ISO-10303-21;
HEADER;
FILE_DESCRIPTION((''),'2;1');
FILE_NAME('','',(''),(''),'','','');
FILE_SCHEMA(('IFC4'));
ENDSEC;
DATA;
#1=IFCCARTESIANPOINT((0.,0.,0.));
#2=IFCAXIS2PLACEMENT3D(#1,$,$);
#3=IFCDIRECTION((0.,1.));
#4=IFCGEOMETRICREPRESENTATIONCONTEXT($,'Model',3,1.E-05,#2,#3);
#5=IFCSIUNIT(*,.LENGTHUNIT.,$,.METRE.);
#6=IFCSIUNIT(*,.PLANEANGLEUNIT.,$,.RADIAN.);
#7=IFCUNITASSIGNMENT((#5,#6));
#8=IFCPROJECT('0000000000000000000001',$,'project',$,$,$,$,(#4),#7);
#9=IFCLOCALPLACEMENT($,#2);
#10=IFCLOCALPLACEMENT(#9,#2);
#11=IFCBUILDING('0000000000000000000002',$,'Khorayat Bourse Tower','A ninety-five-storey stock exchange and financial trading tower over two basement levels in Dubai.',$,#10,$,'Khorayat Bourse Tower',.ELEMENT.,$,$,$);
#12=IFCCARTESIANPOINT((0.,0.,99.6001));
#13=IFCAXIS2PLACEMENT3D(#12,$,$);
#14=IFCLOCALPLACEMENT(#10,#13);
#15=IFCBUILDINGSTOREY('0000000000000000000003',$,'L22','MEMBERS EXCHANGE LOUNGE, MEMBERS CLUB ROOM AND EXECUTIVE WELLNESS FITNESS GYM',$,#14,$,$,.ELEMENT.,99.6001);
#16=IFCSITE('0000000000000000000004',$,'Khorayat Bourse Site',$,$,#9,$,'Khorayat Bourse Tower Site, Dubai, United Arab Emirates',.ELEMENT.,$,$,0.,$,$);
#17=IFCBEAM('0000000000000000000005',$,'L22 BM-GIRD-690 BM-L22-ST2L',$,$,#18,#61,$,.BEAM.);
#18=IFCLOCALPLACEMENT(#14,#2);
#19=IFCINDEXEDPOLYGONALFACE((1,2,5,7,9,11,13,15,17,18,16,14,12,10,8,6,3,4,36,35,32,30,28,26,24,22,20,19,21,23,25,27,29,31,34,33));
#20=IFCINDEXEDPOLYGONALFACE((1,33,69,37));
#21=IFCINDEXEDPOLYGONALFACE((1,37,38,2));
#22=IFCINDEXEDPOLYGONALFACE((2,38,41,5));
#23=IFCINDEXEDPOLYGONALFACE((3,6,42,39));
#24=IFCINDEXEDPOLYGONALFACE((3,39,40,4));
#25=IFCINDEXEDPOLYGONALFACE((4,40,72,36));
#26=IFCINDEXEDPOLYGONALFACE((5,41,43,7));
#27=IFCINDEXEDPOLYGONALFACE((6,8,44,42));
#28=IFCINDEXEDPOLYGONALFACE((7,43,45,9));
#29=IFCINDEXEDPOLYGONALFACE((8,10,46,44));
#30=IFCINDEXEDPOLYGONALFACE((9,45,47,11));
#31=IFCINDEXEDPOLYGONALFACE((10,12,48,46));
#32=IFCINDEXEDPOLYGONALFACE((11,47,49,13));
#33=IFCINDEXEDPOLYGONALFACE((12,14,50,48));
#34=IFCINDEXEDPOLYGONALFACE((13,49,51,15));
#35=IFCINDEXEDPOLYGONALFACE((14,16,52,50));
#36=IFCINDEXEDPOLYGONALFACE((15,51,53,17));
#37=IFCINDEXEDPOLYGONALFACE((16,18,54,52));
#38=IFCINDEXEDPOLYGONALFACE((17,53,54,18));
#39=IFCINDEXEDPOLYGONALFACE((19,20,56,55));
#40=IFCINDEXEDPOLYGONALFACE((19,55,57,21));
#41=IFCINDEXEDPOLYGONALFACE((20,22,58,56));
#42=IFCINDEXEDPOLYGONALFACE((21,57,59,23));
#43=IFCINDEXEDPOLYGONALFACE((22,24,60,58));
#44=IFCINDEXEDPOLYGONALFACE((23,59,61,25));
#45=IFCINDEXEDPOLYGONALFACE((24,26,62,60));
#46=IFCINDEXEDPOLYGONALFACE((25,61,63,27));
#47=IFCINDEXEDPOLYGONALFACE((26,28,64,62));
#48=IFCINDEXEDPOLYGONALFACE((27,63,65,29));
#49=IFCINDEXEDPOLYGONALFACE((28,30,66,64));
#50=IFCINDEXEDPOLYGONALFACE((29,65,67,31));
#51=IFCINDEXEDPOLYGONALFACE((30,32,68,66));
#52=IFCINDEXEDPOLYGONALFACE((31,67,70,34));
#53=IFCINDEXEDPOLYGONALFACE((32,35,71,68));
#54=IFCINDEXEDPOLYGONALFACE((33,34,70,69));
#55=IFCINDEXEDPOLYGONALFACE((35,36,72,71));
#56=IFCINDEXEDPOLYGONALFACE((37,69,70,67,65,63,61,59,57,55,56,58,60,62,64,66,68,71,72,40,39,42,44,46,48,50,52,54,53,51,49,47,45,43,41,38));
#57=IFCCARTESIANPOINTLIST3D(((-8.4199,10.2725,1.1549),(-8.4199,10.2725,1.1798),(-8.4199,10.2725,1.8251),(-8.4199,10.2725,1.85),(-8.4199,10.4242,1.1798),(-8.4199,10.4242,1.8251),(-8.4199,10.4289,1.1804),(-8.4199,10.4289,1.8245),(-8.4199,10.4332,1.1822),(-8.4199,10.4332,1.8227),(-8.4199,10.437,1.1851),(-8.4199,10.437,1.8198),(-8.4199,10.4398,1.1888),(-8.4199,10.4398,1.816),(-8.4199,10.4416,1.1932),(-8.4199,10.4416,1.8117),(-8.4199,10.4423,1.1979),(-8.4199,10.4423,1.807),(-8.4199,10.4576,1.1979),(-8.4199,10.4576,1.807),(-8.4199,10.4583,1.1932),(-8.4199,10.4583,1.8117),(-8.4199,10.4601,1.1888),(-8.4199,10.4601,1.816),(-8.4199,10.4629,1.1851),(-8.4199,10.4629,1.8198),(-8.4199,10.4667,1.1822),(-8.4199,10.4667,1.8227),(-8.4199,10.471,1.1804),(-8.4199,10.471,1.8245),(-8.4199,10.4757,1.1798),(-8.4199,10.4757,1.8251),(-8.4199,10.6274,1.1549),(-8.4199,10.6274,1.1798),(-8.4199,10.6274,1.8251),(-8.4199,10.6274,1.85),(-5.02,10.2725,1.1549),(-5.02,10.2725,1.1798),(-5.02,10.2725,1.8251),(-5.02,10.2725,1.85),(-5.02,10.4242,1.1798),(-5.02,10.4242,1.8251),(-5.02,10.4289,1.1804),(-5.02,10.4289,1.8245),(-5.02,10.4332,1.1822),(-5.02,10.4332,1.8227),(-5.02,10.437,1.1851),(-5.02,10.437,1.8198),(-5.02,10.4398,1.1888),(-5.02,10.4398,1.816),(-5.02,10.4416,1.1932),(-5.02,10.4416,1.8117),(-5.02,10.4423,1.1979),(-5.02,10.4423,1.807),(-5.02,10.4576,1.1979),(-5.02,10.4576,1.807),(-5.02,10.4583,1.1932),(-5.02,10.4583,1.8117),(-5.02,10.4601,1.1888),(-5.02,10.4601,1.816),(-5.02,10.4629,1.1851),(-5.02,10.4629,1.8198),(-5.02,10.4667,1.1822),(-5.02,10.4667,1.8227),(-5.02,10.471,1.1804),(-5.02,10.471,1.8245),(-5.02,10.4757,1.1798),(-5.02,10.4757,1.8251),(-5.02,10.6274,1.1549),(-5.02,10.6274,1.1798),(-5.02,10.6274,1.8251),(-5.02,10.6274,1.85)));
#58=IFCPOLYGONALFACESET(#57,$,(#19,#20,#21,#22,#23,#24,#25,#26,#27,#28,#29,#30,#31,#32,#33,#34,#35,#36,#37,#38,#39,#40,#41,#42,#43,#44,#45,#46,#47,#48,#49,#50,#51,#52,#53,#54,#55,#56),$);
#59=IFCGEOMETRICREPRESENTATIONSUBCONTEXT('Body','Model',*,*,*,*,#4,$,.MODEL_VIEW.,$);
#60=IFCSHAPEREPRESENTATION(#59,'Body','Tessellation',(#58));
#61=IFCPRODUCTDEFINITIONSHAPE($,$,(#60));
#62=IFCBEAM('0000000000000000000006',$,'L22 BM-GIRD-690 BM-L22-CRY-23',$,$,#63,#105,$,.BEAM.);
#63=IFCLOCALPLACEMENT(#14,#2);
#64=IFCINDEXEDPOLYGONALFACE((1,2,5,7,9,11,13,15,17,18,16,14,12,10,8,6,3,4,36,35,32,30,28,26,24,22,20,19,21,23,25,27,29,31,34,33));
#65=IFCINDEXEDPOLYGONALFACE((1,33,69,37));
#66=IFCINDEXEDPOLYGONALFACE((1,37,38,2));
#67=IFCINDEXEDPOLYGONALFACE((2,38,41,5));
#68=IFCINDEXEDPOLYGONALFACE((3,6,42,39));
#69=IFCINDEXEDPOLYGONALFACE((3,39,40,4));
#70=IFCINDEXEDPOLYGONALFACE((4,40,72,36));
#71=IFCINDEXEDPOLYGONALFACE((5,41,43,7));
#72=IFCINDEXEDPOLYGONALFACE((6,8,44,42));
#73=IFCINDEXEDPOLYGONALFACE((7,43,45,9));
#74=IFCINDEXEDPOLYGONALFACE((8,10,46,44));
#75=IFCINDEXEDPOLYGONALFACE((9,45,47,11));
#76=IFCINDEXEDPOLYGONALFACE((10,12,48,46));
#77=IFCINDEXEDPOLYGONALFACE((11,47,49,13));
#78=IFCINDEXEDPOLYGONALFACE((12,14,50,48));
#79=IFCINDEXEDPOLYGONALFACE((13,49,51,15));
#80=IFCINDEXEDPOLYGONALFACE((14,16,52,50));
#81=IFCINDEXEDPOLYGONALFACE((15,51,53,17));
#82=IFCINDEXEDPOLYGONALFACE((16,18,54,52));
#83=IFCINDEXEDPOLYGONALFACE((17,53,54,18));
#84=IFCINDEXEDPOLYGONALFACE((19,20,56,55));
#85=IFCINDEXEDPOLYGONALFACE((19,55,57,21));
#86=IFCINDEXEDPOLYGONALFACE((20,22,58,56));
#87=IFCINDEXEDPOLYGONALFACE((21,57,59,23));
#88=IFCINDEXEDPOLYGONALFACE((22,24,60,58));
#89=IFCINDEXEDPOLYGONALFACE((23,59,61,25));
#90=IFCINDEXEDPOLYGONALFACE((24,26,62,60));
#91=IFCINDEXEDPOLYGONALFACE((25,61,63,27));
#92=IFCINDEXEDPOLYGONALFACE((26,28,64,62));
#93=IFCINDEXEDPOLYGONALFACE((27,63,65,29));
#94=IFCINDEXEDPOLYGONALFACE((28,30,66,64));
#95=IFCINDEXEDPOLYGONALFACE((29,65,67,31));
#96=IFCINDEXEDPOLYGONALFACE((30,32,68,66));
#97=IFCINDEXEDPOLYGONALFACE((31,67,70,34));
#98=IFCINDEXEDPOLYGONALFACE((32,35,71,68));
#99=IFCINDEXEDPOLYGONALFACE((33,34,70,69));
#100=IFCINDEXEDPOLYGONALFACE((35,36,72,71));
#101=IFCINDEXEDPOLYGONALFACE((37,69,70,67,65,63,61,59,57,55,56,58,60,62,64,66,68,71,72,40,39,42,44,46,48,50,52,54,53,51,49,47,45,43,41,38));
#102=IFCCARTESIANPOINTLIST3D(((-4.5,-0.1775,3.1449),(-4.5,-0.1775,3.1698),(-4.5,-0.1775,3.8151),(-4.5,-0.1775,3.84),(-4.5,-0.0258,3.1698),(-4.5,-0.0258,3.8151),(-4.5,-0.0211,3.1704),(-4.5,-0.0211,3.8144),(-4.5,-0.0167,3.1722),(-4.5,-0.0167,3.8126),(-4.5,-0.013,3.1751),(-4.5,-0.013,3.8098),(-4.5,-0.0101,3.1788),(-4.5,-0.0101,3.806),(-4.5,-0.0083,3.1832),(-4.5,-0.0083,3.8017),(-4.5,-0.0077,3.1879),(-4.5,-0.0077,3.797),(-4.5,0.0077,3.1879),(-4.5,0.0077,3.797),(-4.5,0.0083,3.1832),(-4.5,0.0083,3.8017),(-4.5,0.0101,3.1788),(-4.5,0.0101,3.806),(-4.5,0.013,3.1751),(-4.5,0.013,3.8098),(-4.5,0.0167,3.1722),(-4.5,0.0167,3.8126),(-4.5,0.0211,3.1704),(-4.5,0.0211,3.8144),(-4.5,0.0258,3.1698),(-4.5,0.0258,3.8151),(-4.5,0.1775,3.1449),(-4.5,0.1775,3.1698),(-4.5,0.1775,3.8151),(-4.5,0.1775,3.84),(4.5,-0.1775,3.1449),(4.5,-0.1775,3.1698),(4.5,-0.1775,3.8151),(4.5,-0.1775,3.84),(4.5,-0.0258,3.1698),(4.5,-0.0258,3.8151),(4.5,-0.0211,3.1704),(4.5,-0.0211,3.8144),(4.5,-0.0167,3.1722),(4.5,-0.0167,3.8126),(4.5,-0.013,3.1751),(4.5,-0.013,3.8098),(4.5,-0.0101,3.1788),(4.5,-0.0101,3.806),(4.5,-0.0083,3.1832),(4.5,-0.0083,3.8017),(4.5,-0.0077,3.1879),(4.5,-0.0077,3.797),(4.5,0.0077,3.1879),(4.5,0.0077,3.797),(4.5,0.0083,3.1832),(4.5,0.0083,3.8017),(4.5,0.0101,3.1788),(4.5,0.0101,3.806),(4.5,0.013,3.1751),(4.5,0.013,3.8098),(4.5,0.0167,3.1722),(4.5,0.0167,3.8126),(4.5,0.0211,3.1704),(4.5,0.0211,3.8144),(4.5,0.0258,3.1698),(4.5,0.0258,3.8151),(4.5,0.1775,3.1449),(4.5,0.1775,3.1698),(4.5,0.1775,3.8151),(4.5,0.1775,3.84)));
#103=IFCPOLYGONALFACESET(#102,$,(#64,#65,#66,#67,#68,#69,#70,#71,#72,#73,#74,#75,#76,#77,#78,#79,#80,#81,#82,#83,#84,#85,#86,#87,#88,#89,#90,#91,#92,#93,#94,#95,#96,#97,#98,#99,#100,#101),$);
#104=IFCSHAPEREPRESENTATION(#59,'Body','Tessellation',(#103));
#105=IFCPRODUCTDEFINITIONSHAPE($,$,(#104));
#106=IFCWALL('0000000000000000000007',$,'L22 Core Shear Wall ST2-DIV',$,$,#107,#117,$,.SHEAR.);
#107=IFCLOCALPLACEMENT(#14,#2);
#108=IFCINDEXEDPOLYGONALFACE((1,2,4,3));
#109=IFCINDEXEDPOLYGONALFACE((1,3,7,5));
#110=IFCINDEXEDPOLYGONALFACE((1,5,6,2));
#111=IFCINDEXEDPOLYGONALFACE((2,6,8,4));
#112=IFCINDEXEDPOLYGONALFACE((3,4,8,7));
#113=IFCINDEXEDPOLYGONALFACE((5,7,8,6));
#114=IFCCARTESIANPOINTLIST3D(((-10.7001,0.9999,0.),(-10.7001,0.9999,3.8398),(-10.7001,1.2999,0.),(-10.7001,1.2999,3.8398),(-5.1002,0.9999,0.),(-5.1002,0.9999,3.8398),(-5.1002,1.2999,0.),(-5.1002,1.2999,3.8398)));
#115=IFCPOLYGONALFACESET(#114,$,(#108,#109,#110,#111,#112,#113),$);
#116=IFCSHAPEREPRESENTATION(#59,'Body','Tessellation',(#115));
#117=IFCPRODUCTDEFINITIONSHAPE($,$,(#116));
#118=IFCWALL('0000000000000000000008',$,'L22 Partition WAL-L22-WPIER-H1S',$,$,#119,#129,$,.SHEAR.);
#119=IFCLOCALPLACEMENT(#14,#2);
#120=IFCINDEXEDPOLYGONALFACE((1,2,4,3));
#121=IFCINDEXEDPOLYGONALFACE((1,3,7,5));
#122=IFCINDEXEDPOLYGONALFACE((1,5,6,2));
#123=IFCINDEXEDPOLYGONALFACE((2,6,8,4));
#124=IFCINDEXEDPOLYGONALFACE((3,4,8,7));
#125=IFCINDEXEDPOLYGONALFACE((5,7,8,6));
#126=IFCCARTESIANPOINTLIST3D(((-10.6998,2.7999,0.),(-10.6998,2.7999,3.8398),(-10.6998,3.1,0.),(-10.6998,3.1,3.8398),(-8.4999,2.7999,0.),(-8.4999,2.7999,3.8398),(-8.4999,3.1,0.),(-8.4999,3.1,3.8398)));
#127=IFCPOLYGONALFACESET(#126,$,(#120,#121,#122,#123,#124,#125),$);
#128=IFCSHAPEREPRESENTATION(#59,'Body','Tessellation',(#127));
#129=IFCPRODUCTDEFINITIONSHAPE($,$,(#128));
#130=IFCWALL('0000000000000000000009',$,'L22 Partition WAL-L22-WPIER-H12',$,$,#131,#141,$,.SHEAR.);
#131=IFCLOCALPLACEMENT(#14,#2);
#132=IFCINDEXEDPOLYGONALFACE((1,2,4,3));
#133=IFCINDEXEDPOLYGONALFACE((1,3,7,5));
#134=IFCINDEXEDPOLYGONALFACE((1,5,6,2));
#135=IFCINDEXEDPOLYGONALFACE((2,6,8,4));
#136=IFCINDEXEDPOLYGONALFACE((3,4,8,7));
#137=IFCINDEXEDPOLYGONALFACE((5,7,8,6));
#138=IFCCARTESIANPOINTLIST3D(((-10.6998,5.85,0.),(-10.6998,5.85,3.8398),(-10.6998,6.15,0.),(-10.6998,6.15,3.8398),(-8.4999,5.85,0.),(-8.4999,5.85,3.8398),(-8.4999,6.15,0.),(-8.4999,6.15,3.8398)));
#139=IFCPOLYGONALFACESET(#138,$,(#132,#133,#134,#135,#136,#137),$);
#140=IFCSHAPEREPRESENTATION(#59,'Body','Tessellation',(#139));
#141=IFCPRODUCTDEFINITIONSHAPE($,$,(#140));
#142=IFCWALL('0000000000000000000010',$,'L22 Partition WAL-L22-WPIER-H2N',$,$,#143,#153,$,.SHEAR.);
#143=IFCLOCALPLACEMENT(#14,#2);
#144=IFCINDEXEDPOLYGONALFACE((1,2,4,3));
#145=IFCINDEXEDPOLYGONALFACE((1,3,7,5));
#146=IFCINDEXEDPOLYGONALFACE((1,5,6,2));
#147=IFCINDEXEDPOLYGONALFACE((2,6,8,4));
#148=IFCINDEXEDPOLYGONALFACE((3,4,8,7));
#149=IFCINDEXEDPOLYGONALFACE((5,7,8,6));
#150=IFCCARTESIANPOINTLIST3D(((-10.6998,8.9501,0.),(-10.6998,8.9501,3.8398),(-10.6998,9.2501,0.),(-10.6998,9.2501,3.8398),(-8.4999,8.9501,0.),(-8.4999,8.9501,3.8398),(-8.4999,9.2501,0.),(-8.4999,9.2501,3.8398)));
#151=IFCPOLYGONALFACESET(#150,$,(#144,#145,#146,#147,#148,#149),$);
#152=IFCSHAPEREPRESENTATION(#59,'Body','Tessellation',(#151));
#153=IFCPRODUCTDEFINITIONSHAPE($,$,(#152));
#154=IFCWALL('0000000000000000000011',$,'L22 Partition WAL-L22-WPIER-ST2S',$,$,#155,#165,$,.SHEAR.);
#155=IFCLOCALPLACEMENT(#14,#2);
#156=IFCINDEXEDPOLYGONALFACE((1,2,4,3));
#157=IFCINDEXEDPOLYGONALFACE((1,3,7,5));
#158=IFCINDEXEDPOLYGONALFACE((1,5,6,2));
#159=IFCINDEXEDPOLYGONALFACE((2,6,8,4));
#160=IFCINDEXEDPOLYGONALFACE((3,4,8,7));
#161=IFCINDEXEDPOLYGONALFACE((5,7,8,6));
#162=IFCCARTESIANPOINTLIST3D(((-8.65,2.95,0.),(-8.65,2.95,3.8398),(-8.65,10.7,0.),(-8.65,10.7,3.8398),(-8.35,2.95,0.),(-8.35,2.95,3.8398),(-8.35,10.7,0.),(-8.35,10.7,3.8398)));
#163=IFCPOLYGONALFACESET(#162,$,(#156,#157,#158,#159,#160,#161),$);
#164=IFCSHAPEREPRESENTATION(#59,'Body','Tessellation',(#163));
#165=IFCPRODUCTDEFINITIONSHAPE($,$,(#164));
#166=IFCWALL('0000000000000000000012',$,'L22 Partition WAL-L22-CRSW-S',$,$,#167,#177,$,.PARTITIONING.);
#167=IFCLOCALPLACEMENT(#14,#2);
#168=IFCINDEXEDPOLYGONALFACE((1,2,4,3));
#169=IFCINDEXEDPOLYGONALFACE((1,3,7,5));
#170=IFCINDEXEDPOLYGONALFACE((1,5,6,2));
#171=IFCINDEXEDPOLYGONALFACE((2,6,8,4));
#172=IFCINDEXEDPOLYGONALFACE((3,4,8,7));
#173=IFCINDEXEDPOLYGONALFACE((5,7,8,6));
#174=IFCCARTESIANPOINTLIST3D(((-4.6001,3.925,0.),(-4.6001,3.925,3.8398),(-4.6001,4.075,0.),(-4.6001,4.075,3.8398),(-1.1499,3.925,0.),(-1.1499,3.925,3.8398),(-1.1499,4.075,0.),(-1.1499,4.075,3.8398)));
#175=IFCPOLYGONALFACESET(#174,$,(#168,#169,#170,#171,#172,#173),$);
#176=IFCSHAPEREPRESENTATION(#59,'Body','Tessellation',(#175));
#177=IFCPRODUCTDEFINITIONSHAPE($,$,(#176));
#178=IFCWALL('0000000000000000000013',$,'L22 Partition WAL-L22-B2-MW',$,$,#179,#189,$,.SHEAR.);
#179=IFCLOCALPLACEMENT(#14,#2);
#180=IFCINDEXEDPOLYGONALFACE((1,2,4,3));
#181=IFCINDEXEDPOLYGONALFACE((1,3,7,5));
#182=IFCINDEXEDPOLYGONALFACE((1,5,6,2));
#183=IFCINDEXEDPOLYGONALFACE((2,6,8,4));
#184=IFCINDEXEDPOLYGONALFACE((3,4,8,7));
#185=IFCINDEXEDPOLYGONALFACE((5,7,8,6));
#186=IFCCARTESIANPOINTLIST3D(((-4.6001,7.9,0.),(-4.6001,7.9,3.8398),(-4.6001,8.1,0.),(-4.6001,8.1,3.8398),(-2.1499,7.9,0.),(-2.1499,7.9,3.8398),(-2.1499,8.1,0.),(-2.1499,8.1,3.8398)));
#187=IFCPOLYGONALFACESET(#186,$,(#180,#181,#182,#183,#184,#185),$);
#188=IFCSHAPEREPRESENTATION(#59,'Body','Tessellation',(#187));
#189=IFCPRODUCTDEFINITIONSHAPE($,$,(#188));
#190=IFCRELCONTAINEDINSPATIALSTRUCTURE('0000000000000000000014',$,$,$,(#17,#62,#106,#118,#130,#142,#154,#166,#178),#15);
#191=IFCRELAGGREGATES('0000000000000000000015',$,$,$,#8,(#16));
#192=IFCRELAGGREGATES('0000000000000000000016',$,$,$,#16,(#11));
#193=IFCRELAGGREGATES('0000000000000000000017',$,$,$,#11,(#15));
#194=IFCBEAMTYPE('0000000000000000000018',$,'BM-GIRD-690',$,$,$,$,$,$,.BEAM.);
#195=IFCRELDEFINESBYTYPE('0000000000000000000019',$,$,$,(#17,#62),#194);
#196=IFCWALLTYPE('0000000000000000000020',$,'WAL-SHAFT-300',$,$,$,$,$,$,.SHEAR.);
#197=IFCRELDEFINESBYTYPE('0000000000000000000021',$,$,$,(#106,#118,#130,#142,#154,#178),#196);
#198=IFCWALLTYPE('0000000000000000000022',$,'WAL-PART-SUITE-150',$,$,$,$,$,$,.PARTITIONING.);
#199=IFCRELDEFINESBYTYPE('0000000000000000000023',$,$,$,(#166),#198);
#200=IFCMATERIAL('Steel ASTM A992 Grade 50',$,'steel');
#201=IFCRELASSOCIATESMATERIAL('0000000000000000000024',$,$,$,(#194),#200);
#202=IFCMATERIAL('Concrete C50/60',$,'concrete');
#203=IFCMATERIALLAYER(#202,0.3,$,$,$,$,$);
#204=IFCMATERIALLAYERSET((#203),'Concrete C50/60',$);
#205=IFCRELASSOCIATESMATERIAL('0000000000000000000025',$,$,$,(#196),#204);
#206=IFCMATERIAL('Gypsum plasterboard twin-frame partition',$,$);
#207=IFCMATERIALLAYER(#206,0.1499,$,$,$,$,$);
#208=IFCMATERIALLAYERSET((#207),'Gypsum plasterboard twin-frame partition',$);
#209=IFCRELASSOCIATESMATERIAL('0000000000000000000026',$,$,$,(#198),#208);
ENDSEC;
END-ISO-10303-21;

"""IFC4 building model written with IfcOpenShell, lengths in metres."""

from ifc_helpers import new_model, si_unit, direction, frame, frame_2d, origin, origin_2d, place, context, subcontext, project, spatial, rectangle, i_section, extrude, source, transform, mapped, material, layer, layer_set, material_profile, profile_set, type_object, element, save


model = new_model("IFC4")

# Units and contexts
model_context = context("Model", 3, precision=1e-05, world=origin(), true_north=direction((0.0, 1.0)))
body_context = subcontext(model_context, "Body", "Model", "MODEL_VIEW")
ifc_project = project(units=[si_unit("LENGTHUNIT", "METRE"), si_unit("PLANEANGLEUNIT", "RADIAN")], contexts=[model_context])

# Site, building, storey
site_placement = place(None, origin())
site = spatial("IfcSite", under=ifc_project, at=site_placement, Name="Khorayat Bourse Site", LongName="Khorayat Bourse Tower Site, Dubai, United Arab Emirates", CompositionType="ELEMENT", RefElevation=0.0)
building_placement = place(site_placement, origin())
building = spatial("IfcBuilding", under=site, at=building_placement, Name="Khorayat Bourse Tower", Description="A ninety-five-storey stock exchange and financial trading tower over two basement levels in Dubai.", LongName="Khorayat Bourse Tower", CompositionType="ELEMENT")
storey_placement = place(building_placement, frame((0.0, 0.0, 99.6001)))
storey = spatial("IfcBuildingStorey", under=building, at=storey_placement, Name="L22", Description="MEMBERS EXCHANGE LOUNGE, MEMBERS CLUB ROOM AND EXECUTIVE WELLNESS FITNESS GYM", CompositionType="ELEMENT", Elevation=99.6001)

# Beams
ifc_material_1 = material(Name="Steel ASTM A992 Grade 50", Category="steel")
ifc_material_profile_1 = material_profile(ifc_material_1, i_section(OverallWidth=0.355, OverallDepth=0.6951, WebThickness=0.0154, FlangeThickness=0.0249, FilletRadius=0.0181, at=origin_2d()), Name="W690X217")
ifc_profile_set_1 = profile_set([ifc_material_profile_1], Name="Steel ASTM A992 Grade 50")
beam_type_1 = type_object("IfcBeamType", Name="BM-GIRD-690", PredefinedType="BEAM", material=ifc_profile_set_1)
shared_shape_1 = source(origin(), body_context, "Body", "SweptSolid", [
    extrude(i_section(OverallWidth=0.355, OverallDepth=0.6951, WebThickness=0.0154, FlangeThickness=0.0249, FilletRadius=0.0181, at=origin_2d()), origin(), (0.0, 0.0, 1.0), 3.3999),
])
beam_1_placement = place(storey_placement, frame((-8.4199, 10.45, 1.5024), z_axis=(1.0, 0.0, 0.0), x_axis=(0.0, 1.0, 0.0)))
element("IfcBeam", 1, at=beam_1_placement, inside=storey, type_object=beam_type_1, Name="L22 BM-GIRD-690 BM-L22-ST2L", PredefinedType="BEAM", context=body_context, shape_type="MappedRepresentation", body=[
    mapped(shared_shape_1, transform((0.0, 0.0, 0.0), scale=1.0)),
])
shared_shape_2 = source(origin(), body_context, "Body", "SweptSolid", [
    extrude(i_section(OverallWidth=0.355, OverallDepth=0.6951, WebThickness=0.0154, FlangeThickness=0.0249, FilletRadius=0.0181, at=origin_2d()), origin(), (0.0, 0.0, 1.0), 9.0),
])
beam_2_placement = place(storey_placement, frame((-4.5, 0.0, 3.4924), z_axis=(1.0, 0.0, 0.0), x_axis=(0.0, 1.0, 0.0)))
element("IfcBeam", 2, at=beam_2_placement, inside=storey, type_object=beam_type_1, Name="L22 BM-GIRD-690 BM-L22-CRY-23", PredefinedType="BEAM", context=body_context, shape_type="MappedRepresentation", body=[
    mapped(shared_shape_2, transform((0.0, 0.0, 0.0), scale=1.0)),
])

# Walls
ifc_material_2 = material(Name="Concrete C50/60", Category="concrete")
ifc_layer_1 = layer(ifc_material_2, 0.3)
ifc_layer_set_1 = layer_set([ifc_layer_1], Name="Concrete C50/60")
wall_type_1 = type_object("IfcWallType", Name="WAL-SHAFT-300", PredefinedType="SHEAR", material=ifc_layer_set_1)
shared_shape_3 = source(origin(), body_context, "Body", "SweptSolid", [
    extrude(rectangle(XDim=5.5999, YDim=0.3, at=frame_2d((2.7998, 0.0))), origin(), (0.0, 0.0, 1.0), 3.8398),
])
wall_1_placement = place(storey_placement, frame((-10.7, 1.1499, 0.0), z_axis=(0.0, 0.0, 1.0), x_axis=(1.0, 0.0, 0.0)))
element("IfcWall", 3, at=wall_1_placement, inside=storey, type_object=wall_type_1, Name="L22 Core Shear Wall ST2-DIV", PredefinedType="SHEAR", context=body_context, shape_type="MappedRepresentation", body=[
    mapped(shared_shape_3, transform((0.0, 0.0, 0.0), scale=1.0)),
])
shared_shape_4 = source(origin(), body_context, "Body", "SweptSolid", [
    extrude(rectangle(XDim=2.2, YDim=0.3, at=frame_2d((1.1001, 0.0))), origin(), (0.0, 0.0, 1.0), 3.8398),
])
for number, where, z_axis, x_axis, name in (
    (4, (-10.7, 2.95, 0.0), (0.0, 0.0, 1.0), (1.0, 0.0, 0.0), "L22 Partition WAL-L22-WPIER-H1S"),
    (5, (-10.7, 6.0, 0.0), (0.0, 0.0, 1.0), (1.0, 0.0, 0.0), "L22 Partition WAL-L22-WPIER-H12"),
    (6, (-10.7, 9.1001, 0.0), (0.0, 0.0, 1.0), (1.0, 0.0, 0.0), "L22 Partition WAL-L22-WPIER-H2N"),
):
    element("IfcWall", number, at=place(storey_placement, frame(where, z_axis=z_axis, x_axis=x_axis)), inside=storey, type_object=wall_type_1, Name=name, PredefinedType="SHEAR", context=body_context, shape_type="MappedRepresentation", body=[
        mapped(shared_shape_4, transform((0.0, 0.0, 0.0), scale=1.0)),
    ])
shared_shape_5 = source(origin(), body_context, "Body", "SweptSolid", [
    extrude(rectangle(XDim=7.75, YDim=0.3, at=frame_2d((3.875, 0.0))), origin(), (0.0, 0.0, 1.0), 3.8398),
])
wall_2_placement = place(storey_placement, frame((-8.5, 2.95, 0.0), z_axis=(0.0, 0.0, 1.0), x_axis=(0.0, 1.0, 0.0)))
element("IfcWall", 7, at=wall_2_placement, inside=storey, type_object=wall_type_1, Name="L22 Partition WAL-L22-WPIER-ST2S", PredefinedType="SHEAR", context=body_context, shape_type="MappedRepresentation", body=[
    mapped(shared_shape_5, transform((0.0, 0.0, 0.0), scale=1.0)),
])
ifc_material_3 = material(Name="Gypsum plasterboard twin-frame partition")
ifc_layer_2 = layer(ifc_material_3, 0.1499)
ifc_layer_set_2 = layer_set([ifc_layer_2], Name="Gypsum plasterboard twin-frame partition")
wall_type_2 = type_object("IfcWallType", Name="WAL-PART-SUITE-150", PredefinedType="PARTITIONING", material=ifc_layer_set_2)
shared_shape_6 = source(origin(), body_context, "Body", "SweptSolid", [
    extrude(rectangle(XDim=3.4502, YDim=0.1499, at=frame_2d((1.7251, 0.0))), origin(), (0.0, 0.0, 1.0), 3.8398),
])
wall_3_placement = place(storey_placement, frame((-4.6001, 4.0, 0.0), z_axis=(0.0, 0.0, 1.0), x_axis=(1.0, 0.0, 0.0)))
element("IfcWall", 8, at=wall_3_placement, inside=storey, type_object=wall_type_2, Name="L22 Partition WAL-L22-CRSW-S", PredefinedType="PARTITIONING", context=body_context, shape_type="MappedRepresentation", body=[
    mapped(shared_shape_6, transform((0.0, 0.0, 0.0), scale=1.0)),
])
shared_shape_7 = source(origin(), body_context, "Body", "SweptSolid", [
    extrude(rectangle(XDim=2.4502, YDim=0.2, at=frame_2d((1.2251, 0.0))), origin(), (0.0, 0.0, 1.0), 3.8398),
])
wall_4_placement = place(storey_placement, frame((-4.6001, 8.0, 0.0), z_axis=(0.0, 0.0, 1.0), x_axis=(1.0, 0.0, 0.0)))
element("IfcWall", 9, at=wall_4_placement, inside=storey, type_object=wall_type_1, Name="L22 Partition WAL-L22-B2-MW", PredefinedType="SHEAR", context=body_context, shape_type="MappedRepresentation", body=[
    mapped(shared_shape_7, transform((0.0, 0.0, 0.0), scale=1.0)),
])

save(model, "model.ifc")
